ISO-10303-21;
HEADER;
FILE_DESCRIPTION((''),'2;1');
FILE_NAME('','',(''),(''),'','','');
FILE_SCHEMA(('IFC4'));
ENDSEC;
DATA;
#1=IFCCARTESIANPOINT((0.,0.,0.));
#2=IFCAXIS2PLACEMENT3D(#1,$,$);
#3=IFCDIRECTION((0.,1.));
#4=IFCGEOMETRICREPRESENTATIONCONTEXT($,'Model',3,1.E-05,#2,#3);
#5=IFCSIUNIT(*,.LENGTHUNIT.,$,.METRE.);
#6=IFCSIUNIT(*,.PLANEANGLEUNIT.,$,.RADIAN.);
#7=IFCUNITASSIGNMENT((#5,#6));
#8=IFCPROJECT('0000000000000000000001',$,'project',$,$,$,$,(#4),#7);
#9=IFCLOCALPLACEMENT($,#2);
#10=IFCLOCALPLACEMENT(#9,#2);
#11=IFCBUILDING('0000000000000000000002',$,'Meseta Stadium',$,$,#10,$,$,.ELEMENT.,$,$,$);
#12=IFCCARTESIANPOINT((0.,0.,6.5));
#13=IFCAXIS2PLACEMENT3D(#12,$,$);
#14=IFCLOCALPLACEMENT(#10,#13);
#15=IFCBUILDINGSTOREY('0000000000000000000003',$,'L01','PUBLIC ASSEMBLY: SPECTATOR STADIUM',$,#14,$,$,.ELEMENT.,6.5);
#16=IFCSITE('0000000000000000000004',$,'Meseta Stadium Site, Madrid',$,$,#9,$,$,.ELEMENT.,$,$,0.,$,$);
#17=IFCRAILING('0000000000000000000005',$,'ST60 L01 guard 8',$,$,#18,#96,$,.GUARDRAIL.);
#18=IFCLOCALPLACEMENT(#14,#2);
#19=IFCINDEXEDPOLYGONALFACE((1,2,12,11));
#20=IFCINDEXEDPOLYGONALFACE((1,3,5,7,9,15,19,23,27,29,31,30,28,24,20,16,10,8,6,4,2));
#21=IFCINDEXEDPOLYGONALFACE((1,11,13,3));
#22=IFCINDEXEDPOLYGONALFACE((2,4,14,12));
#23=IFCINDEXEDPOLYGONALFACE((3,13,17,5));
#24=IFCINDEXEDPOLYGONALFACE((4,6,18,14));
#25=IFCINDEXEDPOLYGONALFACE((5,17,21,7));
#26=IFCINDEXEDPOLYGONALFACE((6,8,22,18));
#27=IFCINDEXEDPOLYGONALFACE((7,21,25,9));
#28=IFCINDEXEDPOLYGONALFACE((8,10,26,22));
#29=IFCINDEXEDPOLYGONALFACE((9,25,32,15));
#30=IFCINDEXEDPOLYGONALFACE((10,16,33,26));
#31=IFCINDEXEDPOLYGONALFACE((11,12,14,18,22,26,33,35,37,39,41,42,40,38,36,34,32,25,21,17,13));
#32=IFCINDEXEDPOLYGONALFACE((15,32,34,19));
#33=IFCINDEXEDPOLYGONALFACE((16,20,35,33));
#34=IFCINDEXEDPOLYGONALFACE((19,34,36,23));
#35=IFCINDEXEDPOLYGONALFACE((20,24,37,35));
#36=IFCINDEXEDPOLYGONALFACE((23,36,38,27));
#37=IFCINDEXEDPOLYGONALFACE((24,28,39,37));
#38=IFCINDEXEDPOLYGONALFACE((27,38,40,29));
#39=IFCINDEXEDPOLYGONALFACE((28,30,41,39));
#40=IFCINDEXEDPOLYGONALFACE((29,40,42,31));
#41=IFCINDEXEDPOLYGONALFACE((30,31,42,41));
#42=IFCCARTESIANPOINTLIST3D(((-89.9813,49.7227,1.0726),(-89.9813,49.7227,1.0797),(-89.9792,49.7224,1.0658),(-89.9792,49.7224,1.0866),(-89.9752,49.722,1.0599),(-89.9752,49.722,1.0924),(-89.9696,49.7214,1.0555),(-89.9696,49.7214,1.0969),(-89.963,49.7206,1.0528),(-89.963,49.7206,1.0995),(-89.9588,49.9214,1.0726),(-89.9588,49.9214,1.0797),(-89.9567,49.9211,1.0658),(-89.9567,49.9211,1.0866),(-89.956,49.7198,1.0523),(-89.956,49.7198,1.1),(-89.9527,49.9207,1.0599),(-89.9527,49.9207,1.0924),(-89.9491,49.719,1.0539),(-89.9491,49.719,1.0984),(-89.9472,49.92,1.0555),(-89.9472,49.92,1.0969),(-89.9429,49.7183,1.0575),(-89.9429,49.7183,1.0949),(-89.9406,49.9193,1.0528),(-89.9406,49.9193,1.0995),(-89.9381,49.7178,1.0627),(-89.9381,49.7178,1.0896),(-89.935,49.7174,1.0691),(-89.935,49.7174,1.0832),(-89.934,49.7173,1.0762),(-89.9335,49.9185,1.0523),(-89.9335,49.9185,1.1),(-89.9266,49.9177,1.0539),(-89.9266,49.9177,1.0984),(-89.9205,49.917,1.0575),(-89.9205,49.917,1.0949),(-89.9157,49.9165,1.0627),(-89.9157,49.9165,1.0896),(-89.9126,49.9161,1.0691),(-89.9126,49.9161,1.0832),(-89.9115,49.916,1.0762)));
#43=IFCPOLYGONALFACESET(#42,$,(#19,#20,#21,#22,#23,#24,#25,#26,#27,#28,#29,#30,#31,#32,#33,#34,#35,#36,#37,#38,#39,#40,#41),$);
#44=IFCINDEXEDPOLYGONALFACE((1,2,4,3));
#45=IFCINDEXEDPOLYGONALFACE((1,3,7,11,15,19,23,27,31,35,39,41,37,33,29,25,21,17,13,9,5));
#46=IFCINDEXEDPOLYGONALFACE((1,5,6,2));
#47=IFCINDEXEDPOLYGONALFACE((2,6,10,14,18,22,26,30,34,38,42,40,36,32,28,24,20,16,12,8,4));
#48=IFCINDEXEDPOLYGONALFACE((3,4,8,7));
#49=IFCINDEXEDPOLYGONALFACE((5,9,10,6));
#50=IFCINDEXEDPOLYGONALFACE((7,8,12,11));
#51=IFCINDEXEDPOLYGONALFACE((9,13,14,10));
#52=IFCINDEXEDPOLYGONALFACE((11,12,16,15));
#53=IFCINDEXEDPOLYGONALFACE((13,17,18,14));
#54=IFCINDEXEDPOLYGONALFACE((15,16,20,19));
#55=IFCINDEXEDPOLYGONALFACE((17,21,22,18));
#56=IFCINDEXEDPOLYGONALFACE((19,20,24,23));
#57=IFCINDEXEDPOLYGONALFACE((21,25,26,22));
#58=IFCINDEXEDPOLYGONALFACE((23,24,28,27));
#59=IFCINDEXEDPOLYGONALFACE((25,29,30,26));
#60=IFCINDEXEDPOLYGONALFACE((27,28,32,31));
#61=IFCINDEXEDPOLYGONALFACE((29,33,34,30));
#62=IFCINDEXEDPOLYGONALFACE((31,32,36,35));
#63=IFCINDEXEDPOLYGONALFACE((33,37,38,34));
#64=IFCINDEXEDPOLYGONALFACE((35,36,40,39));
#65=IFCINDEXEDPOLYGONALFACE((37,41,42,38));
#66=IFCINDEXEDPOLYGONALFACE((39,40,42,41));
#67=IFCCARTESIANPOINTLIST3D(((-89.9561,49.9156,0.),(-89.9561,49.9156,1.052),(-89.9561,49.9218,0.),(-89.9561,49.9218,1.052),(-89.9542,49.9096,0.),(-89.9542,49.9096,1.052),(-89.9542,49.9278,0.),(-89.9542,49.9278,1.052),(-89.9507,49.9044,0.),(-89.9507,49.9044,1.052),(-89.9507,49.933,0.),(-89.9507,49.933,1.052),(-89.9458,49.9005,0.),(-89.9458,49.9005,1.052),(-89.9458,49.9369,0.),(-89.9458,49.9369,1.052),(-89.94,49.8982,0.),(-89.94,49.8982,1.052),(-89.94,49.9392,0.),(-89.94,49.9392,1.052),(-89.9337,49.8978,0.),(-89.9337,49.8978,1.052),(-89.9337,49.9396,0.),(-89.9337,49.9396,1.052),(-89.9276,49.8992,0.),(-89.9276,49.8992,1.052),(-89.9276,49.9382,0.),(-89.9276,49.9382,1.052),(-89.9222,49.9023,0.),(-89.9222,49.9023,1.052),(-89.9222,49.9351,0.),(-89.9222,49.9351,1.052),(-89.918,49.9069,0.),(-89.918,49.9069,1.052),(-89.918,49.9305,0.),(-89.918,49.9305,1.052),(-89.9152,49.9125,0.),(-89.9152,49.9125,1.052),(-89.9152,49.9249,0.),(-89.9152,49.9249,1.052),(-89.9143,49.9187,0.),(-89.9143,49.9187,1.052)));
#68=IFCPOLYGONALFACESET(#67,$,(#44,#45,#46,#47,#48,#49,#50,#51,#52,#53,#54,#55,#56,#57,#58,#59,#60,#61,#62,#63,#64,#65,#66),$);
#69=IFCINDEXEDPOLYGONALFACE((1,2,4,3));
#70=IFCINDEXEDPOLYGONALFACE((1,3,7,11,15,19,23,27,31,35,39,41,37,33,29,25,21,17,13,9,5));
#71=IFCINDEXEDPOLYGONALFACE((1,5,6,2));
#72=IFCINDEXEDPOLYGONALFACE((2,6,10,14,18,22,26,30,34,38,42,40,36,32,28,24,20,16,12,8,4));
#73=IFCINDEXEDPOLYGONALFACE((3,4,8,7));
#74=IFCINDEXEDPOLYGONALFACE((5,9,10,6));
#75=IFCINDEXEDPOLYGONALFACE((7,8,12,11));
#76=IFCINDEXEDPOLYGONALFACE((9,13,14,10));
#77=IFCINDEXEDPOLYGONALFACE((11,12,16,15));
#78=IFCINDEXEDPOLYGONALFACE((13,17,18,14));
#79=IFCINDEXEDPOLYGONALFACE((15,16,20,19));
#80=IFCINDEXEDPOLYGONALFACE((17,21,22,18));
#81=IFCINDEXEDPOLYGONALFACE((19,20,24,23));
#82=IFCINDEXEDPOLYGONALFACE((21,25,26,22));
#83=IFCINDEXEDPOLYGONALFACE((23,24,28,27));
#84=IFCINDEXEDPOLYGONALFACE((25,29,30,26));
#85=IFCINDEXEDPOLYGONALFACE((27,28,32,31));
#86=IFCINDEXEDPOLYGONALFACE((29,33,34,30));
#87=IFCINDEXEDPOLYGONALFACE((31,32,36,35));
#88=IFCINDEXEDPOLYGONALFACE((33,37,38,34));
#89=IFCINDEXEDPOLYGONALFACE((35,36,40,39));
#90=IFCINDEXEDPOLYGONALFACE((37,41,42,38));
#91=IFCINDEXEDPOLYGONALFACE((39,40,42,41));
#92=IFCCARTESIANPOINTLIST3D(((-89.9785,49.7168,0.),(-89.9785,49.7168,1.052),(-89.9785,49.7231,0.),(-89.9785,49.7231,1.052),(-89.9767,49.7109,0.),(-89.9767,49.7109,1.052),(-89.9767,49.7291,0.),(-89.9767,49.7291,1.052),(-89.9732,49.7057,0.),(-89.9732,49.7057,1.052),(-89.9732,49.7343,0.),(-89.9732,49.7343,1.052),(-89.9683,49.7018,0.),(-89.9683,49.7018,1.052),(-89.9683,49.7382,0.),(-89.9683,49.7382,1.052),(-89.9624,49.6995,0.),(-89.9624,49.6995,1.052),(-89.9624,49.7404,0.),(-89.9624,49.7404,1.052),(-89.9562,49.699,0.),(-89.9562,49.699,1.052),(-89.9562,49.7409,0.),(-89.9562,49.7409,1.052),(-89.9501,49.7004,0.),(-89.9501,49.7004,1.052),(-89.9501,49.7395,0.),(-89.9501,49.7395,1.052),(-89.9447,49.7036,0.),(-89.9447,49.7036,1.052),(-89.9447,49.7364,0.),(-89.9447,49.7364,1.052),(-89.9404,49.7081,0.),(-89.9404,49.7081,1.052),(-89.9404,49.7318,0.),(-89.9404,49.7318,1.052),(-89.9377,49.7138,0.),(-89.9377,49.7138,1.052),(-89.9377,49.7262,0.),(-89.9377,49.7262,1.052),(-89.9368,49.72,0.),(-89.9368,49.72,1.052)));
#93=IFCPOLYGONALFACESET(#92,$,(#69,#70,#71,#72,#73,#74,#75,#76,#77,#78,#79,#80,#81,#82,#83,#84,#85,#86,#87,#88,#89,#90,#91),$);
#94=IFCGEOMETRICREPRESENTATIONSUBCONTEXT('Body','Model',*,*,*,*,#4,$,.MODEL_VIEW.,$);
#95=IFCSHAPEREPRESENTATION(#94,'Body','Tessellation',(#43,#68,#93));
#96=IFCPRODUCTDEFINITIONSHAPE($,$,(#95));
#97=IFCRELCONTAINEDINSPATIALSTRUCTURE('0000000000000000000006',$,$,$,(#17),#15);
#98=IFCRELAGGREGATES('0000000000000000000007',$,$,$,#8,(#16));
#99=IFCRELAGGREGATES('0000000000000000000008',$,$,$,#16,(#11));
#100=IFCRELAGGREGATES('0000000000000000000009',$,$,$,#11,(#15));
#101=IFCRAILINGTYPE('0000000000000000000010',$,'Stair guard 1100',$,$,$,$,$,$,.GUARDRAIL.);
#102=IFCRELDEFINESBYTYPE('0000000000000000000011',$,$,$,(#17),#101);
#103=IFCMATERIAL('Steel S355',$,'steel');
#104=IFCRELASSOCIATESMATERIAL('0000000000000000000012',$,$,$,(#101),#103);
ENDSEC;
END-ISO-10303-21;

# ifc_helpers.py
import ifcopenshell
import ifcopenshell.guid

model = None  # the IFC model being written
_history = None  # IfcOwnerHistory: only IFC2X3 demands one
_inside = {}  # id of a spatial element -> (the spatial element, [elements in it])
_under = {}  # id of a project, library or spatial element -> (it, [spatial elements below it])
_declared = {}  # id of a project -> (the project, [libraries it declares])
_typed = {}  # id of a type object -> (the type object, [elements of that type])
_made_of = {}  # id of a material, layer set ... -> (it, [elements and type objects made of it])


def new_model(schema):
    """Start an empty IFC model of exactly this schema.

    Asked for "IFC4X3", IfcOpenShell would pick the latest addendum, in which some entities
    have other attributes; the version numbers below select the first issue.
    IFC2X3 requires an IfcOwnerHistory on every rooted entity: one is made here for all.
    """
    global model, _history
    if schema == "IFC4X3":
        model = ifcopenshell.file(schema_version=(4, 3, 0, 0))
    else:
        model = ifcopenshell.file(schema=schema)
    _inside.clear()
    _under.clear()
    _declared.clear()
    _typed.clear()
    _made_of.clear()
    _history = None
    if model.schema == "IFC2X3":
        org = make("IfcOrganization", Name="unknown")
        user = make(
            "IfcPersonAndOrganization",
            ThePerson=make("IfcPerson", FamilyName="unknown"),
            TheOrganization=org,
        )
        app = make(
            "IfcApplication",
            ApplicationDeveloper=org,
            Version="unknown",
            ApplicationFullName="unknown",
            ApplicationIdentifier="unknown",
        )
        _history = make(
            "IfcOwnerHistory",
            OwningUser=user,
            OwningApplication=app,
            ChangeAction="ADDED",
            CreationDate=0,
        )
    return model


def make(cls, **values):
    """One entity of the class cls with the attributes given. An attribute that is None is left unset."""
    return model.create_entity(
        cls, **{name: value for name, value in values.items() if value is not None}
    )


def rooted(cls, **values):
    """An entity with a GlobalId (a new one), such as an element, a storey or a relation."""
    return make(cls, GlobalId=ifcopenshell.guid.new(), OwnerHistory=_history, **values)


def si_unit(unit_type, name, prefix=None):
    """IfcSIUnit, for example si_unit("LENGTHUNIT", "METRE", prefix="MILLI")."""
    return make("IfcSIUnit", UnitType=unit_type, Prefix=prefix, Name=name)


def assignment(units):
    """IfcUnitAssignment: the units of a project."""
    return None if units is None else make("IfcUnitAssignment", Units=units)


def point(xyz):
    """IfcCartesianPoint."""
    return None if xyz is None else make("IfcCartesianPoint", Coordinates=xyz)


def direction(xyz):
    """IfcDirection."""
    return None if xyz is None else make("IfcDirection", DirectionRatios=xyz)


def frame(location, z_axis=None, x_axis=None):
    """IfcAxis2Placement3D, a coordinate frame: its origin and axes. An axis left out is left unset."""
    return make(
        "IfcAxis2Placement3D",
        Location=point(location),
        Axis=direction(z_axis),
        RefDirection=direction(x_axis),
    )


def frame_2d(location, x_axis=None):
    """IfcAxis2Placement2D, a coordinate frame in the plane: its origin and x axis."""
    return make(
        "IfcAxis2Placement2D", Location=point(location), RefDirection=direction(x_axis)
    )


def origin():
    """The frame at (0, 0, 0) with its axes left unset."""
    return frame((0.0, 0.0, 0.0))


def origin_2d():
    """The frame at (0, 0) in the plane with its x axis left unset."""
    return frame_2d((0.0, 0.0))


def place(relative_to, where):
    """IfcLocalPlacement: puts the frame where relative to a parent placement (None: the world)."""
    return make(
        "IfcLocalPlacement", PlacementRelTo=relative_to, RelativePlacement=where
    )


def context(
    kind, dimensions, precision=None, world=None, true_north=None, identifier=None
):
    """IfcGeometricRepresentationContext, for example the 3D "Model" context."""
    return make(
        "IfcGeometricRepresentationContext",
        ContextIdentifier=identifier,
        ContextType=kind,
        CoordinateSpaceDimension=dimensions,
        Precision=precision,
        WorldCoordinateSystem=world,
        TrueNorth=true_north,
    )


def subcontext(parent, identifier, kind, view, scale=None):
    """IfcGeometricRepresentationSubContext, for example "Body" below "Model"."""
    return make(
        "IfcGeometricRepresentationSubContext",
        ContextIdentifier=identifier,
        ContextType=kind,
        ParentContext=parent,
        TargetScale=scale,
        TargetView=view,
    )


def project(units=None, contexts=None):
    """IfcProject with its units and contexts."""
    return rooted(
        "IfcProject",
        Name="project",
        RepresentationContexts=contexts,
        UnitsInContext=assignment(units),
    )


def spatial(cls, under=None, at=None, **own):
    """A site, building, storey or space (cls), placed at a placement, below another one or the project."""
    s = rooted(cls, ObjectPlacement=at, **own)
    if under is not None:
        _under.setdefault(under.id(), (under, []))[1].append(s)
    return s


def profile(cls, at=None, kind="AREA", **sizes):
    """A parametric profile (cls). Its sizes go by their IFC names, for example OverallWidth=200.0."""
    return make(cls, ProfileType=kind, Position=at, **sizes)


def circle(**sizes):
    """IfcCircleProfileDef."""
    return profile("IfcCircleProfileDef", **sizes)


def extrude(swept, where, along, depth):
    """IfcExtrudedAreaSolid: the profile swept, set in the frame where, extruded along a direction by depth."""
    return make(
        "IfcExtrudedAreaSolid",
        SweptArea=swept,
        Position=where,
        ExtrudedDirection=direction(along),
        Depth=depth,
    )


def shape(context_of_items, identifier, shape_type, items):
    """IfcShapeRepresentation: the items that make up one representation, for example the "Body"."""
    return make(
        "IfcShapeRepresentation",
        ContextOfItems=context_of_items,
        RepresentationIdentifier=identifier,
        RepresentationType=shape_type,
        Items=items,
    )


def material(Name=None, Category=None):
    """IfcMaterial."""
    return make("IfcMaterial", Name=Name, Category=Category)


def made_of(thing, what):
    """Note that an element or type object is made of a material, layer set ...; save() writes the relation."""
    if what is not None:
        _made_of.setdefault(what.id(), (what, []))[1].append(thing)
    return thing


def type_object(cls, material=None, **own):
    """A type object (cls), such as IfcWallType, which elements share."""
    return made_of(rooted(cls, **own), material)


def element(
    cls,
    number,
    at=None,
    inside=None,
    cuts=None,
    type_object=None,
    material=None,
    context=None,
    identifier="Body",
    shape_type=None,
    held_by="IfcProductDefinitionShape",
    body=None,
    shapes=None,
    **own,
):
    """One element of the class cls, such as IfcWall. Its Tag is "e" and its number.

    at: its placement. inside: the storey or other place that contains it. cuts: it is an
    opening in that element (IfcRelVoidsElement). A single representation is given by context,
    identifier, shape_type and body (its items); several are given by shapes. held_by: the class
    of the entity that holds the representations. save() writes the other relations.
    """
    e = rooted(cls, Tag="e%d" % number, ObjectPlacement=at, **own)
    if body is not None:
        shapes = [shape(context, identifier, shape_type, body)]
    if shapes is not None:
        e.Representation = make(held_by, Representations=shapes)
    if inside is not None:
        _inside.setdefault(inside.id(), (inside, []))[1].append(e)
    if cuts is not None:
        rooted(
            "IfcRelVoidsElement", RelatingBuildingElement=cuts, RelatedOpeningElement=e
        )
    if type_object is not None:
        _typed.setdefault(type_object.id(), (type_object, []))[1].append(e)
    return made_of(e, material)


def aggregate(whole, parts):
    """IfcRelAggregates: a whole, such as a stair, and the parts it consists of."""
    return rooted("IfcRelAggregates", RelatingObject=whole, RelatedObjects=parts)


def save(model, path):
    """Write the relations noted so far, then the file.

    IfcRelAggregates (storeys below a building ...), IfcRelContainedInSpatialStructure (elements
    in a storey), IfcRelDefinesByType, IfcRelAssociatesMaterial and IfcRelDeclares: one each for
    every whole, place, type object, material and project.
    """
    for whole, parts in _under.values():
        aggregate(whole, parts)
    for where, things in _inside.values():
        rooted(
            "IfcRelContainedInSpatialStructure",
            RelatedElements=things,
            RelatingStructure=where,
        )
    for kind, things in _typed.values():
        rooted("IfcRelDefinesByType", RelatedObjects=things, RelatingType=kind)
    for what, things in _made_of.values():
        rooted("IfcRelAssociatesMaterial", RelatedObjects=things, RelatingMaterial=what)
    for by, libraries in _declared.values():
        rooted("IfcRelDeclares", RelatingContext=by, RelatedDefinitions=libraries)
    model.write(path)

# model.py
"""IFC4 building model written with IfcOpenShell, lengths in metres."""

from ifc_helpers import new_model, si_unit, direction, frame, origin, origin_2d, place, context, subcontext, project, spatial, circle, extrude, material, type_object, element, save


model = new_model("IFC4")

# Units and contexts
model_context = context("Model", 3, precision=1e-05, world=origin(), true_north=direction((0.0, 1.0)))
body_context = subcontext(model_context, "Body", "Model", "MODEL_VIEW")
ifc_project = project(units=[si_unit("LENGTHUNIT", "METRE"), si_unit("PLANEANGLEUNIT", "RADIAN")], contexts=[model_context])

# Site, building, storey
site_placement = place(None, origin())
site = spatial("IfcSite", under=ifc_project, at=site_placement, Name="Meseta Stadium Site, Madrid", CompositionType="ELEMENT", RefElevation=0.0)
building_placement = place(site_placement, origin())
building = spatial("IfcBuilding", under=site, at=building_placement, Name="Meseta Stadium", CompositionType="ELEMENT")
storey_placement = place(building_placement, frame((0.0, 0.0, 6.5)))
storey = spatial("IfcBuildingStorey", under=building, at=storey_placement, Name="L01", Description="PUBLIC ASSEMBLY: SPECTATOR STADIUM", CompositionType="ELEMENT", Elevation=6.5)

# Railing
ifc_material_1 = material(Name="Steel S355", Category="steel")
railing_type_1 = type_object("IfcRailingType", Name="Stair guard 1100", PredefinedType="GUARDRAIL", material=ifc_material_1)
railing_1_placement = place(storey_placement, frame((-89.9353, 49.9187, 0.0)))
element("IfcRailing", 1, at=railing_1_placement, inside=storey, type_object=railing_type_1, Name="ST60 L01 guard 8", PredefinedType="GUARDRAIL", context=body_context, shape_type="SweptSolid", body=[
    extrude(circle(Radius=0.0239, at=origin_2d()), frame((0.0, 0.0, 1.0762), z_axis=(-0.112307, -0.993674, 0.0), x_axis=(0.993674, -0.112307, 0.0)), (0.0, 0.0, 1.0), 0.2),
    extrude(circle(Radius=0.021, at=origin_2d()), origin(), (0.0, 0.0, 1.0), 1.052),
    extrude(circle(Radius=0.021, at=origin_2d()), frame((-0.0225, -0.1987, 0.0)), (0.0, 0.0, 1.0), 1.052),
])

save(model, "model.ifc")
